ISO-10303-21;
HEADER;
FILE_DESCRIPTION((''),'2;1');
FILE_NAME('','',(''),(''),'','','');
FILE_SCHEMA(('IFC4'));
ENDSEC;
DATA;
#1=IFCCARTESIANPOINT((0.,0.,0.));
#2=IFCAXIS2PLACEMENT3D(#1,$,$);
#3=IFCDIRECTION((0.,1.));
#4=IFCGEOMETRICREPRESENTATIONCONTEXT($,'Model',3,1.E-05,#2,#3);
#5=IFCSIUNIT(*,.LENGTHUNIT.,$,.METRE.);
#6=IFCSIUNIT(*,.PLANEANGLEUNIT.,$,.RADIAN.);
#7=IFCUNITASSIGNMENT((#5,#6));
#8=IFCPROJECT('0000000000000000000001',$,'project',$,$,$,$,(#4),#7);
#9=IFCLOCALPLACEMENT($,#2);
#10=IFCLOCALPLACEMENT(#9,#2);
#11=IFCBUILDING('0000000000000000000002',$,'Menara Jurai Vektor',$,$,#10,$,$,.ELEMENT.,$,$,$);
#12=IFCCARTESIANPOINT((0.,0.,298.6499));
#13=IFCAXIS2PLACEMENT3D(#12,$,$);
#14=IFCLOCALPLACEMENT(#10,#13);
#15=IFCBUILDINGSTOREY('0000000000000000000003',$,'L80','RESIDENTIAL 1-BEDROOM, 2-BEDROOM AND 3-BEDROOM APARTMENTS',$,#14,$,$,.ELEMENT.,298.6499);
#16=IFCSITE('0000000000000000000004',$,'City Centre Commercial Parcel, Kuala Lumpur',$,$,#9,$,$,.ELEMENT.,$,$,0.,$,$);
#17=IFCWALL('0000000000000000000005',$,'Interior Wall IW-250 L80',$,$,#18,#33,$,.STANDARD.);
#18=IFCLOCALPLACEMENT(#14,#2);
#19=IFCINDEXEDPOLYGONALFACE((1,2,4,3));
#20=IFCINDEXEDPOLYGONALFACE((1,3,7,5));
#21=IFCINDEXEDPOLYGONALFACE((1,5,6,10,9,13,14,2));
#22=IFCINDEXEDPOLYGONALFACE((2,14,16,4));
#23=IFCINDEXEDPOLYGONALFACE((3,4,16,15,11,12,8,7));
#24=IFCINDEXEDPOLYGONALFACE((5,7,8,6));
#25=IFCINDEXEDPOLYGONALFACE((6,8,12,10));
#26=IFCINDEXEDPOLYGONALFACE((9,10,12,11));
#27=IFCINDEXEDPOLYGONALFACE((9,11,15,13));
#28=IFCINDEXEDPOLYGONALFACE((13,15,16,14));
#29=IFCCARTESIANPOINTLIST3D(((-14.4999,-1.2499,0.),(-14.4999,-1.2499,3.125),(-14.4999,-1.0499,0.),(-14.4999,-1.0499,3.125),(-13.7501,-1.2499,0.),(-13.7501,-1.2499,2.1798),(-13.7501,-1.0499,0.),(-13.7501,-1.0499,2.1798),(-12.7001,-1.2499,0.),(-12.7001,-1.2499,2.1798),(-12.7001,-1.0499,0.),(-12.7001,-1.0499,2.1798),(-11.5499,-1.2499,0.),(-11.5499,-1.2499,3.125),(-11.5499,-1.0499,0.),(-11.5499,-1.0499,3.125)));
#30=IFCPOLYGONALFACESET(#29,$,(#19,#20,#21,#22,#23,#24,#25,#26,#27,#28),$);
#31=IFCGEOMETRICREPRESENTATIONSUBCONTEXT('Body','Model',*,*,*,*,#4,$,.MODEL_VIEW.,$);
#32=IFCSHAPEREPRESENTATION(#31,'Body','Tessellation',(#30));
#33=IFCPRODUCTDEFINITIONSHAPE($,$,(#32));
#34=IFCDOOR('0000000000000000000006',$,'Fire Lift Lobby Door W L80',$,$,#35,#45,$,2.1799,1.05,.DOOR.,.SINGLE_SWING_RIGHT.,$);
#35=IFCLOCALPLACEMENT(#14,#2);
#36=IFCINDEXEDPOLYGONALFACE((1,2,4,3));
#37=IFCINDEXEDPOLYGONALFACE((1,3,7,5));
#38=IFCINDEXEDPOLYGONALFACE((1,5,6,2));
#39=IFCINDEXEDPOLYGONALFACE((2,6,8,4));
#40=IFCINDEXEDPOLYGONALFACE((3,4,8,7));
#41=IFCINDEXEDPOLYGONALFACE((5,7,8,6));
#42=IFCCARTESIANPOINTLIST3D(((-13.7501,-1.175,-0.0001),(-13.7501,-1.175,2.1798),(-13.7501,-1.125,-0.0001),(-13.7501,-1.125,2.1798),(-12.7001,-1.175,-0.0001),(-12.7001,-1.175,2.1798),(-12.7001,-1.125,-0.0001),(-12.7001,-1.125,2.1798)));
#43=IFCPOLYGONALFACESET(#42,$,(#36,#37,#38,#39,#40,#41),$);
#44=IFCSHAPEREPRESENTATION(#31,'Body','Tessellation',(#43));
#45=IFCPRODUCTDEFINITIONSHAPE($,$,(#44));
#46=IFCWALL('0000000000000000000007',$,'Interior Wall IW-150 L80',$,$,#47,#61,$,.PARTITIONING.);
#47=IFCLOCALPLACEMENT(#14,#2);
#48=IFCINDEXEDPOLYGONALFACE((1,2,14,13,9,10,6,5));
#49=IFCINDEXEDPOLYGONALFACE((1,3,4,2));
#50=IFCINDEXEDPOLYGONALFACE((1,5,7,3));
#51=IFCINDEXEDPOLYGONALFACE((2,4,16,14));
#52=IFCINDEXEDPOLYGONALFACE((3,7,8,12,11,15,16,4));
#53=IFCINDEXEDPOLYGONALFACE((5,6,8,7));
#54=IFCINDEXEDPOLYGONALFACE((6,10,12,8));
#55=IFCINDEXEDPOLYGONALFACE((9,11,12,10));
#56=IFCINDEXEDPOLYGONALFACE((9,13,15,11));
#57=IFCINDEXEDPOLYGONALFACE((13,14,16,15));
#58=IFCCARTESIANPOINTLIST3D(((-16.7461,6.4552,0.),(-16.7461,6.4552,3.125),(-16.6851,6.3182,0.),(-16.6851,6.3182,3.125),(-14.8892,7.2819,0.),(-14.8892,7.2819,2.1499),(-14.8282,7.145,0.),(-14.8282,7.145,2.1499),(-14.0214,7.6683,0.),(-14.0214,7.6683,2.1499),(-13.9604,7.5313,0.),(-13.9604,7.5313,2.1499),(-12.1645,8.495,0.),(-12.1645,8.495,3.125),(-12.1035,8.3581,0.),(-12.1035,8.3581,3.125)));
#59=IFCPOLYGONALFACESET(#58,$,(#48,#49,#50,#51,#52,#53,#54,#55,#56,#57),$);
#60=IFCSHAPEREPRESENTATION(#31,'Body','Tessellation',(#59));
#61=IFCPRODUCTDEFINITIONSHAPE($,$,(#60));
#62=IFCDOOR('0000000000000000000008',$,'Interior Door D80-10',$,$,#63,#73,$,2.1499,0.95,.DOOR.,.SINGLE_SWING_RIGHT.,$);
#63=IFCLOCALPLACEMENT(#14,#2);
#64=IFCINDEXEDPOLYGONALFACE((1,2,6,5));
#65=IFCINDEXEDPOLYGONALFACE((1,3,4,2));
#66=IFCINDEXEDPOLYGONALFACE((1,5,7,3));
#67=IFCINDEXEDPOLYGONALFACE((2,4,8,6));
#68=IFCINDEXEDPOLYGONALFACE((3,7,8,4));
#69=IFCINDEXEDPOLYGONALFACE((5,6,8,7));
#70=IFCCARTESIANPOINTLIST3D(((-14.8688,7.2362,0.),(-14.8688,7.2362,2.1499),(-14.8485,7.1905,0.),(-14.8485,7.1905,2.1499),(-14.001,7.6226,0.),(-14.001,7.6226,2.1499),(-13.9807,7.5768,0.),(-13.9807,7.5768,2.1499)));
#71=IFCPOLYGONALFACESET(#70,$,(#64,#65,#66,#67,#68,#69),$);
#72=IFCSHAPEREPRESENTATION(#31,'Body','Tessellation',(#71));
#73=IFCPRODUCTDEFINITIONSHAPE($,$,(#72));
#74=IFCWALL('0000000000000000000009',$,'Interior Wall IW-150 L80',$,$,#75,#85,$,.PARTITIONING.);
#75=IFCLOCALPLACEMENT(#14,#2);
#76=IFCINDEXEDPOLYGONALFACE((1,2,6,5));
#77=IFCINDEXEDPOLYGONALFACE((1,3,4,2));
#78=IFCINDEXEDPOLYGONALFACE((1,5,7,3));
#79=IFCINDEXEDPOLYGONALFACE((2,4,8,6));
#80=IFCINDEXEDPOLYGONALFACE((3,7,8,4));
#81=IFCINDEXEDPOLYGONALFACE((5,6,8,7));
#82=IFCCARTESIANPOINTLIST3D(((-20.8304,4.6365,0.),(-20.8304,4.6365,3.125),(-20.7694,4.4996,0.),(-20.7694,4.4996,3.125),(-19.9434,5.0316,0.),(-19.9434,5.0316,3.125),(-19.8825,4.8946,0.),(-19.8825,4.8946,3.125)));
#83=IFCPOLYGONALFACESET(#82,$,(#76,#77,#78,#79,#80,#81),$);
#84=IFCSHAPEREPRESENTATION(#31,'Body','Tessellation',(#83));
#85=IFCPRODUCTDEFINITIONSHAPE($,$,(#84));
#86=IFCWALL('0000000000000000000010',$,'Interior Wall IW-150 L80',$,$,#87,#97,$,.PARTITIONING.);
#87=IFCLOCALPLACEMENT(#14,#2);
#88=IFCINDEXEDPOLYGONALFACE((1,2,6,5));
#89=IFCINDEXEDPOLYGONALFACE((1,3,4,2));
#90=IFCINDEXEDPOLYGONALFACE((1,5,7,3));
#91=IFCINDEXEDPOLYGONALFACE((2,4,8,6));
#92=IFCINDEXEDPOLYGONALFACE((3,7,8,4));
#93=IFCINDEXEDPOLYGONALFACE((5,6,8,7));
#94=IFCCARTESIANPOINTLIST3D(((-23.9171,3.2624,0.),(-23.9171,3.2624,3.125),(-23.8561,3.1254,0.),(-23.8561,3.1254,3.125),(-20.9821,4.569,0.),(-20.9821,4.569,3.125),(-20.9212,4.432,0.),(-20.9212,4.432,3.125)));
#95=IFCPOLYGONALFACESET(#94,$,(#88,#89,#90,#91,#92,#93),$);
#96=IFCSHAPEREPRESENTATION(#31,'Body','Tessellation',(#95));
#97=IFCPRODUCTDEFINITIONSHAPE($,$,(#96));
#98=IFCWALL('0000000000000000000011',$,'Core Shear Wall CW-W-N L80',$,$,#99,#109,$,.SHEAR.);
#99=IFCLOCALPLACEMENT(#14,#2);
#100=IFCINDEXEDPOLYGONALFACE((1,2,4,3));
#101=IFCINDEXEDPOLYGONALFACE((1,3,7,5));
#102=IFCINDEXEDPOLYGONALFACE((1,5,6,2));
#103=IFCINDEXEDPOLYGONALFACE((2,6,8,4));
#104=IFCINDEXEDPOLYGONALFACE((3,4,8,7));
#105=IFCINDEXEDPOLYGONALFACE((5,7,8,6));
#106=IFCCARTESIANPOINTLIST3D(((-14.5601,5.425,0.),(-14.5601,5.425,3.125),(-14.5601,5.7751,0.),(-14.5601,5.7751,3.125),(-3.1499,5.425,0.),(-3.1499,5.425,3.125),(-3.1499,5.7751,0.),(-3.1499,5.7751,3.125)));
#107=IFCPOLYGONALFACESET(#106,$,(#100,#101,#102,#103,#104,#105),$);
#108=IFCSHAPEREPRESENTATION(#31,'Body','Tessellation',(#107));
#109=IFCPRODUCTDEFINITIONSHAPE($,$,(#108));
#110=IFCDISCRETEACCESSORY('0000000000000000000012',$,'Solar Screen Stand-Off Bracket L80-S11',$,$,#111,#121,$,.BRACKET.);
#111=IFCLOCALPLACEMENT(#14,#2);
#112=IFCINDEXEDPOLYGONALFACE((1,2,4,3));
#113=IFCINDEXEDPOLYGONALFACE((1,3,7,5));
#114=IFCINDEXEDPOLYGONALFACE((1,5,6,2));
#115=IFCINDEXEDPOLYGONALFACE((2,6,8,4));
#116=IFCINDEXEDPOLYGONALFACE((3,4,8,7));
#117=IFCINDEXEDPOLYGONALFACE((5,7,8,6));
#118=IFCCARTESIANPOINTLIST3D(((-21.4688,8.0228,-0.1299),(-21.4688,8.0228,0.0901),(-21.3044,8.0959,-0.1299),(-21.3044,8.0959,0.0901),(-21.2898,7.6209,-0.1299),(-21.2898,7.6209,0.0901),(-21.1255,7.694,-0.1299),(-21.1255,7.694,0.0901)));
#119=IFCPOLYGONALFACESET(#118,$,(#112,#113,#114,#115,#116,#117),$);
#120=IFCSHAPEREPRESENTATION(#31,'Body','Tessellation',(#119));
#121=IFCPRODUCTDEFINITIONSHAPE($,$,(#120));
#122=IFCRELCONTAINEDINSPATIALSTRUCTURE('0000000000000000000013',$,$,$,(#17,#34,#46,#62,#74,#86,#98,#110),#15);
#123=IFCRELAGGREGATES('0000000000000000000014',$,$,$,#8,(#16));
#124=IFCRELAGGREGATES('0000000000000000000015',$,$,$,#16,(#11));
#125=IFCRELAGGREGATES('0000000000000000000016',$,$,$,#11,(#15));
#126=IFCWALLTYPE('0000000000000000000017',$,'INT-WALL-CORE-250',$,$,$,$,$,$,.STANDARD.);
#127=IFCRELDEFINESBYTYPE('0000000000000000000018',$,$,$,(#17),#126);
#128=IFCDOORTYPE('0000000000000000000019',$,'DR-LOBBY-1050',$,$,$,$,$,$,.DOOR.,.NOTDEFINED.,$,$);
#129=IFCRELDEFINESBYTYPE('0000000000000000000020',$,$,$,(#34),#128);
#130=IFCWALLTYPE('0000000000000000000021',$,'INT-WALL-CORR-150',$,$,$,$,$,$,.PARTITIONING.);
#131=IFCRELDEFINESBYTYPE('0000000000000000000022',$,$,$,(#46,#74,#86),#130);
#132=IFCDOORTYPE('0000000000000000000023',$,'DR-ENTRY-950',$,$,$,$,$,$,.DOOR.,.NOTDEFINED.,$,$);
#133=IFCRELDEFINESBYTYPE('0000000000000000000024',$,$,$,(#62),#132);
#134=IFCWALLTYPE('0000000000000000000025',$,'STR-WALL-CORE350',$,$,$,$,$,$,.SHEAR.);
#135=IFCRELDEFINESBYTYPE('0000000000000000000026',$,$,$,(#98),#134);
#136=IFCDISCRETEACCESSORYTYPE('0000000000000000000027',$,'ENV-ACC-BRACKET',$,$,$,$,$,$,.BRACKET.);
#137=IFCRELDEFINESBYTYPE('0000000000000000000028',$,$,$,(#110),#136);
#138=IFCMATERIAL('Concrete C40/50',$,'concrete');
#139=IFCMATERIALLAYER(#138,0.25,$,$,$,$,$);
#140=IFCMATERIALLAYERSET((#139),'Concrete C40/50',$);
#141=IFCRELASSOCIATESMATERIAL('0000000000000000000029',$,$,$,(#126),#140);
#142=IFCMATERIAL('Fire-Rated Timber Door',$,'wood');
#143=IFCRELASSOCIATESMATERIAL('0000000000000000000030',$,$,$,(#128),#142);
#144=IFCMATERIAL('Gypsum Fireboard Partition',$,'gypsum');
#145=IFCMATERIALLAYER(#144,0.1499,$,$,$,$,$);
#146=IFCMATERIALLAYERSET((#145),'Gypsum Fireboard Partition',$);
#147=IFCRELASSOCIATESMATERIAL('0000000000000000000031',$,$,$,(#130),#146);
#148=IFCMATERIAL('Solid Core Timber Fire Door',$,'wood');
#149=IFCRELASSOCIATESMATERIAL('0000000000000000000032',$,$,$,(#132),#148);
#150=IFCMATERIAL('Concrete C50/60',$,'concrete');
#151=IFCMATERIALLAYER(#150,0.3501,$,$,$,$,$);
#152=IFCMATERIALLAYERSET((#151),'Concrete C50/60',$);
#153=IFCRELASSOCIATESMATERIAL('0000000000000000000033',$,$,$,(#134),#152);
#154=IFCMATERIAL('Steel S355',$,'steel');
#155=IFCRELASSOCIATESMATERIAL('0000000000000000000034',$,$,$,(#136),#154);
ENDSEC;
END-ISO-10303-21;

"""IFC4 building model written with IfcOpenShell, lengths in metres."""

from ifc_helpers import new_model, si_unit, direction, frame, frame_2d, origin, origin_2d, place, context, subcontext, project, spatial, rectangle, extrude, material, layer, layer_set, type_object, element, fill, save


model = new_model("IFC4")

# Units and contexts
model_context = context("Model", 3, precision=1e-05, world=origin(), true_north=direction((0.0, 1.0)))
body_context = subcontext(model_context, "Body", "Model", "MODEL_VIEW")
ifc_project = project(units=[si_unit("LENGTHUNIT", "METRE"), si_unit("PLANEANGLEUNIT", "RADIAN")], contexts=[model_context])

# Site, building, storey
site_placement = place(None, origin())
site = spatial("IfcSite", under=ifc_project, at=site_placement, Name="City Centre Commercial Parcel, Kuala Lumpur", CompositionType="ELEMENT", RefElevation=0.0)
building_placement = place(site_placement, origin())
building = spatial("IfcBuilding", under=site, at=building_placement, Name="Menara Jurai Vektor", CompositionType="ELEMENT")
storey_placement = place(building_placement, frame((0.0, 0.0, 298.6499)))
storey = spatial("IfcBuildingStorey", under=building, at=storey_placement, Name="L80", Description="RESIDENTIAL 1-BEDROOM, 2-BEDROOM AND 3-BEDROOM APARTMENTS", CompositionType="ELEMENT", Elevation=298.6499)

# Shared definitions
ifc_material_1 = material(Name="Concrete C50/60", Category="concrete")

# Shared definitions
ifc_material_2 = material(Name="Steel S355", Category="steel")

# Walls, openings, doors
ifc_material_3 = material(Name="Concrete C40/50", Category="concrete")
ifc_layer_1 = layer(ifc_material_3, 0.25)
ifc_layer_set_1 = layer_set([ifc_layer_1], Name="Concrete C40/50")
wall_type_1 = type_object("IfcWallType", Name="INT-WALL-CORE-250", PredefinedType="STANDARD", material=ifc_layer_set_1)
wall_1_placement = place(storey_placement, frame((-14.5, -1.1499, 0.0), z_axis=(0.0, 0.0, 1.0), x_axis=(1.0, 0.0, 0.0)))
wall_1 = element("IfcWall", 1, at=wall_1_placement, inside=storey, type_object=wall_type_1, Name="Interior Wall IW-250 L80", PredefinedType="STANDARD", context=body_context, shape_type="SweptSolid", body=[
    extrude(rectangle(XDim=2.95, YDim=0.2, at=frame_2d((1.4751, 0.0))), origin(), (0.0, 0.0, 1.0), 3.125),
])
opening_1_placement = place(wall_1_placement, frame((0.75, 0.0, 0.0)))
opening_1 = element("IfcOpeningElement", 2, at=opening_1_placement, cuts=wall_1, PredefinedType="OPENING", context=body_context, shape_type="SweptSolid", body=[
    extrude(rectangle(XDim=1.05, YDim=2.1799, at=frame_2d((0.5249, 1.0898))), frame((0.0, 0.1099, 0.0), z_axis=(0.0, -1.0, 0.0), x_axis=(1.0, 0.0, 0.0)), (0.0, 0.0, 1.0), 0.22),
])
ifc_material_4 = material(Name="Fire-Rated Timber Door", Category="wood")
door_type_1 = type_object("IfcDoorType", Name="DR-LOBBY-1050", OperationType="NOTDEFINED", PredefinedType="DOOR", material=ifc_material_4)
door_1_placement = place(opening_1_placement, origin())
door_1 = element("IfcDoor", 3, at=door_1_placement, inside=storey, type_object=door_type_1, Name="Fire Lift Lobby Door W L80", OperationType="SINGLE_SWING_RIGHT", OverallHeight=2.1799, OverallWidth=1.05, PredefinedType="DOOR", context=body_context, shape_type="SweptSolid", body=[
    extrude(rectangle(XDim=1.05, YDim=2.1799, at=frame_2d((0.5249, 1.0898))), frame((0.0, 0.0249, 0.0), z_axis=(0.0, -1.0, 0.0), x_axis=(1.0, 0.0, 0.0)), (0.0, 0.0, 1.0), 0.05),
])
fill(opening_1, door_1)
ifc_material_5 = material(Name="Gypsum Fireboard Partition", Category="gypsum")
ifc_layer_2 = layer(ifc_material_5, 0.1499)
ifc_layer_set_2 = layer_set([ifc_layer_2], Name="Gypsum Fireboard Partition")
wall_type_2 = type_object("IfcWallType", Name="INT-WALL-CORR-150", PredefinedType="PARTITIONING", material=ifc_layer_set_2)
wall_2_placement = place(storey_placement, frame((-16.7156, 6.3867, 0.0), z_axis=(0.0, 0.0, 1.0), x_axis=(0.913548, 0.40673, 0.0)))
wall_2 = element("IfcWall", 4, at=wall_2_placement, inside=storey, type_object=wall_type_2, Name="Interior Wall IW-150 L80", PredefinedType="PARTITIONING", context=body_context, shape_type="SweptSolid", body=[
    extrude(rectangle(XDim=5.0151, YDim=0.1499, at=frame_2d((2.5076, 0.0))), origin(), (0.0, 0.0, 1.0), 3.125),
])
opening_2_placement = place(wall_2_placement, frame((2.0325, 0.0, 0.0)))
opening_2 = element("IfcOpeningElement", 5, at=opening_2_placement, cuts=wall_2, PredefinedType="OPENING", context=body_context, shape_type="SweptSolid", body=[
    extrude(rectangle(XDim=0.95, YDim=2.1499, at=frame_2d((0.4751, 1.075))), frame((0.0, 0.085, 0.0), z_axis=(0.0, -1.0, 0.0), x_axis=(1.0, 0.0, 0.0)), (0.0, 0.0, 1.0), 0.1699),
])
ifc_material_6 = material(Name="Solid Core Timber Fire Door", Category="wood")
door_type_2 = type_object("IfcDoorType", Name="DR-ENTRY-950", OperationType="NOTDEFINED", PredefinedType="DOOR", material=ifc_material_6)
door_2_placement = place(opening_2_placement, origin())
door_2 = element("IfcDoor", 6, at=door_2_placement, inside=storey, type_object=door_type_2, Name="Interior Door D80-10", OperationType="SINGLE_SWING_RIGHT", OverallHeight=2.1499, OverallWidth=0.95, PredefinedType="DOOR", context=body_context, shape_type="SweptSolid", body=[
    extrude(rectangle(XDim=0.95, YDim=2.1499, at=frame_2d((0.4751, 1.075))), frame((0.0, 0.0249, 0.0), z_axis=(0.0, -1.0, 0.0), x_axis=(1.0, 0.0, 0.0)), (0.0, 0.0, 1.0), 0.05),
])
fill(opening_2, door_2)

# Wall
wall_3_placement = place(storey_placement, frame((-20.7998, 4.5681, 0.0), z_axis=(0.0, 0.0, 1.0), x_axis=(0.9135, 0.406838, 0.0)))
element("IfcWall", 7, at=wall_3_placement, inside=storey, type_object=wall_type_2, Name="Interior Wall IW-150 L80", PredefinedType="PARTITIONING", context=body_context, shape_type="SweptSolid", body=[
    extrude(rectangle(XDim=0.9709, YDim=0.1499, at=frame_2d((0.4854, 0.0))), origin(), (0.0, 0.0, 1.0), 3.125),
])

# Walls
wall_4_placement = place(storey_placement, frame((-23.8867, 3.1938, 0.0), z_axis=(0.0, 0.0, 1.0), x_axis=(0.913561, 0.406702, 0.0)))
element("IfcWall", 8, at=wall_4_placement, inside=storey, type_object=wall_type_2, Name="Interior Wall IW-150 L80", PredefinedType="PARTITIONING", context=body_context, shape_type="SweptSolid", body=[
    extrude(rectangle(XDim=3.2126, YDim=0.1499, at=frame_2d((1.6064, 0.0))), origin(), (0.0, 0.0, 1.0), 3.125),
])
ifc_layer_3 = layer(ifc_material_1, 0.3501)
ifc_layer_set_3 = layer_set([ifc_layer_3], Name="Concrete C50/60")
wall_type_3 = type_object("IfcWallType", Name="STR-WALL-CORE350", PredefinedType="SHEAR", material=ifc_layer_set_3)
wall_5_placement = place(storey_placement, frame((-14.5601, 5.6001, 0.0), z_axis=(0.0, 0.0, 1.0), x_axis=(1.0, 0.0, 0.0)))
element("IfcWall", 9, at=wall_5_placement, inside=storey, type_object=wall_type_3, Name="Core Shear Wall CW-W-N L80", PredefinedType="SHEAR", context=body_context, shape_type="SweptSolid", body=[
    extrude(rectangle(XDim=11.4102, YDim=0.3501, at=frame_2d((5.7051, 0.0))), origin(), (0.0, 0.0, 1.0), 3.125),
])

# Discrete accessory
discrete_accessory_type = type_object("IfcDiscreteAccessoryType", Name="ENV-ACC-BRACKET", PredefinedType="BRACKET", material=ifc_material_2)
discrete_accessory_placement = place(storey_placement, frame((-21.2971, 7.8584, -0.1299), z_axis=(0.0, 0.0, 1.0), x_axis=(-0.913545, -0.406737, 0.0)))
element("IfcDiscreteAccessory", 10, at=discrete_accessory_placement, inside=storey, type_object=discrete_accessory_type, Name="Solar Screen Stand-Off Bracket L80-S11", PredefinedType="BRACKET", context=body_context, shape_type="SweptSolid", body=[
    extrude(rectangle(XDim=0.1799, YDim=0.4399, at=origin_2d()), origin(), (0.0, 0.0, 1.0), 0.22),
])

save(model, "model.ifc")
